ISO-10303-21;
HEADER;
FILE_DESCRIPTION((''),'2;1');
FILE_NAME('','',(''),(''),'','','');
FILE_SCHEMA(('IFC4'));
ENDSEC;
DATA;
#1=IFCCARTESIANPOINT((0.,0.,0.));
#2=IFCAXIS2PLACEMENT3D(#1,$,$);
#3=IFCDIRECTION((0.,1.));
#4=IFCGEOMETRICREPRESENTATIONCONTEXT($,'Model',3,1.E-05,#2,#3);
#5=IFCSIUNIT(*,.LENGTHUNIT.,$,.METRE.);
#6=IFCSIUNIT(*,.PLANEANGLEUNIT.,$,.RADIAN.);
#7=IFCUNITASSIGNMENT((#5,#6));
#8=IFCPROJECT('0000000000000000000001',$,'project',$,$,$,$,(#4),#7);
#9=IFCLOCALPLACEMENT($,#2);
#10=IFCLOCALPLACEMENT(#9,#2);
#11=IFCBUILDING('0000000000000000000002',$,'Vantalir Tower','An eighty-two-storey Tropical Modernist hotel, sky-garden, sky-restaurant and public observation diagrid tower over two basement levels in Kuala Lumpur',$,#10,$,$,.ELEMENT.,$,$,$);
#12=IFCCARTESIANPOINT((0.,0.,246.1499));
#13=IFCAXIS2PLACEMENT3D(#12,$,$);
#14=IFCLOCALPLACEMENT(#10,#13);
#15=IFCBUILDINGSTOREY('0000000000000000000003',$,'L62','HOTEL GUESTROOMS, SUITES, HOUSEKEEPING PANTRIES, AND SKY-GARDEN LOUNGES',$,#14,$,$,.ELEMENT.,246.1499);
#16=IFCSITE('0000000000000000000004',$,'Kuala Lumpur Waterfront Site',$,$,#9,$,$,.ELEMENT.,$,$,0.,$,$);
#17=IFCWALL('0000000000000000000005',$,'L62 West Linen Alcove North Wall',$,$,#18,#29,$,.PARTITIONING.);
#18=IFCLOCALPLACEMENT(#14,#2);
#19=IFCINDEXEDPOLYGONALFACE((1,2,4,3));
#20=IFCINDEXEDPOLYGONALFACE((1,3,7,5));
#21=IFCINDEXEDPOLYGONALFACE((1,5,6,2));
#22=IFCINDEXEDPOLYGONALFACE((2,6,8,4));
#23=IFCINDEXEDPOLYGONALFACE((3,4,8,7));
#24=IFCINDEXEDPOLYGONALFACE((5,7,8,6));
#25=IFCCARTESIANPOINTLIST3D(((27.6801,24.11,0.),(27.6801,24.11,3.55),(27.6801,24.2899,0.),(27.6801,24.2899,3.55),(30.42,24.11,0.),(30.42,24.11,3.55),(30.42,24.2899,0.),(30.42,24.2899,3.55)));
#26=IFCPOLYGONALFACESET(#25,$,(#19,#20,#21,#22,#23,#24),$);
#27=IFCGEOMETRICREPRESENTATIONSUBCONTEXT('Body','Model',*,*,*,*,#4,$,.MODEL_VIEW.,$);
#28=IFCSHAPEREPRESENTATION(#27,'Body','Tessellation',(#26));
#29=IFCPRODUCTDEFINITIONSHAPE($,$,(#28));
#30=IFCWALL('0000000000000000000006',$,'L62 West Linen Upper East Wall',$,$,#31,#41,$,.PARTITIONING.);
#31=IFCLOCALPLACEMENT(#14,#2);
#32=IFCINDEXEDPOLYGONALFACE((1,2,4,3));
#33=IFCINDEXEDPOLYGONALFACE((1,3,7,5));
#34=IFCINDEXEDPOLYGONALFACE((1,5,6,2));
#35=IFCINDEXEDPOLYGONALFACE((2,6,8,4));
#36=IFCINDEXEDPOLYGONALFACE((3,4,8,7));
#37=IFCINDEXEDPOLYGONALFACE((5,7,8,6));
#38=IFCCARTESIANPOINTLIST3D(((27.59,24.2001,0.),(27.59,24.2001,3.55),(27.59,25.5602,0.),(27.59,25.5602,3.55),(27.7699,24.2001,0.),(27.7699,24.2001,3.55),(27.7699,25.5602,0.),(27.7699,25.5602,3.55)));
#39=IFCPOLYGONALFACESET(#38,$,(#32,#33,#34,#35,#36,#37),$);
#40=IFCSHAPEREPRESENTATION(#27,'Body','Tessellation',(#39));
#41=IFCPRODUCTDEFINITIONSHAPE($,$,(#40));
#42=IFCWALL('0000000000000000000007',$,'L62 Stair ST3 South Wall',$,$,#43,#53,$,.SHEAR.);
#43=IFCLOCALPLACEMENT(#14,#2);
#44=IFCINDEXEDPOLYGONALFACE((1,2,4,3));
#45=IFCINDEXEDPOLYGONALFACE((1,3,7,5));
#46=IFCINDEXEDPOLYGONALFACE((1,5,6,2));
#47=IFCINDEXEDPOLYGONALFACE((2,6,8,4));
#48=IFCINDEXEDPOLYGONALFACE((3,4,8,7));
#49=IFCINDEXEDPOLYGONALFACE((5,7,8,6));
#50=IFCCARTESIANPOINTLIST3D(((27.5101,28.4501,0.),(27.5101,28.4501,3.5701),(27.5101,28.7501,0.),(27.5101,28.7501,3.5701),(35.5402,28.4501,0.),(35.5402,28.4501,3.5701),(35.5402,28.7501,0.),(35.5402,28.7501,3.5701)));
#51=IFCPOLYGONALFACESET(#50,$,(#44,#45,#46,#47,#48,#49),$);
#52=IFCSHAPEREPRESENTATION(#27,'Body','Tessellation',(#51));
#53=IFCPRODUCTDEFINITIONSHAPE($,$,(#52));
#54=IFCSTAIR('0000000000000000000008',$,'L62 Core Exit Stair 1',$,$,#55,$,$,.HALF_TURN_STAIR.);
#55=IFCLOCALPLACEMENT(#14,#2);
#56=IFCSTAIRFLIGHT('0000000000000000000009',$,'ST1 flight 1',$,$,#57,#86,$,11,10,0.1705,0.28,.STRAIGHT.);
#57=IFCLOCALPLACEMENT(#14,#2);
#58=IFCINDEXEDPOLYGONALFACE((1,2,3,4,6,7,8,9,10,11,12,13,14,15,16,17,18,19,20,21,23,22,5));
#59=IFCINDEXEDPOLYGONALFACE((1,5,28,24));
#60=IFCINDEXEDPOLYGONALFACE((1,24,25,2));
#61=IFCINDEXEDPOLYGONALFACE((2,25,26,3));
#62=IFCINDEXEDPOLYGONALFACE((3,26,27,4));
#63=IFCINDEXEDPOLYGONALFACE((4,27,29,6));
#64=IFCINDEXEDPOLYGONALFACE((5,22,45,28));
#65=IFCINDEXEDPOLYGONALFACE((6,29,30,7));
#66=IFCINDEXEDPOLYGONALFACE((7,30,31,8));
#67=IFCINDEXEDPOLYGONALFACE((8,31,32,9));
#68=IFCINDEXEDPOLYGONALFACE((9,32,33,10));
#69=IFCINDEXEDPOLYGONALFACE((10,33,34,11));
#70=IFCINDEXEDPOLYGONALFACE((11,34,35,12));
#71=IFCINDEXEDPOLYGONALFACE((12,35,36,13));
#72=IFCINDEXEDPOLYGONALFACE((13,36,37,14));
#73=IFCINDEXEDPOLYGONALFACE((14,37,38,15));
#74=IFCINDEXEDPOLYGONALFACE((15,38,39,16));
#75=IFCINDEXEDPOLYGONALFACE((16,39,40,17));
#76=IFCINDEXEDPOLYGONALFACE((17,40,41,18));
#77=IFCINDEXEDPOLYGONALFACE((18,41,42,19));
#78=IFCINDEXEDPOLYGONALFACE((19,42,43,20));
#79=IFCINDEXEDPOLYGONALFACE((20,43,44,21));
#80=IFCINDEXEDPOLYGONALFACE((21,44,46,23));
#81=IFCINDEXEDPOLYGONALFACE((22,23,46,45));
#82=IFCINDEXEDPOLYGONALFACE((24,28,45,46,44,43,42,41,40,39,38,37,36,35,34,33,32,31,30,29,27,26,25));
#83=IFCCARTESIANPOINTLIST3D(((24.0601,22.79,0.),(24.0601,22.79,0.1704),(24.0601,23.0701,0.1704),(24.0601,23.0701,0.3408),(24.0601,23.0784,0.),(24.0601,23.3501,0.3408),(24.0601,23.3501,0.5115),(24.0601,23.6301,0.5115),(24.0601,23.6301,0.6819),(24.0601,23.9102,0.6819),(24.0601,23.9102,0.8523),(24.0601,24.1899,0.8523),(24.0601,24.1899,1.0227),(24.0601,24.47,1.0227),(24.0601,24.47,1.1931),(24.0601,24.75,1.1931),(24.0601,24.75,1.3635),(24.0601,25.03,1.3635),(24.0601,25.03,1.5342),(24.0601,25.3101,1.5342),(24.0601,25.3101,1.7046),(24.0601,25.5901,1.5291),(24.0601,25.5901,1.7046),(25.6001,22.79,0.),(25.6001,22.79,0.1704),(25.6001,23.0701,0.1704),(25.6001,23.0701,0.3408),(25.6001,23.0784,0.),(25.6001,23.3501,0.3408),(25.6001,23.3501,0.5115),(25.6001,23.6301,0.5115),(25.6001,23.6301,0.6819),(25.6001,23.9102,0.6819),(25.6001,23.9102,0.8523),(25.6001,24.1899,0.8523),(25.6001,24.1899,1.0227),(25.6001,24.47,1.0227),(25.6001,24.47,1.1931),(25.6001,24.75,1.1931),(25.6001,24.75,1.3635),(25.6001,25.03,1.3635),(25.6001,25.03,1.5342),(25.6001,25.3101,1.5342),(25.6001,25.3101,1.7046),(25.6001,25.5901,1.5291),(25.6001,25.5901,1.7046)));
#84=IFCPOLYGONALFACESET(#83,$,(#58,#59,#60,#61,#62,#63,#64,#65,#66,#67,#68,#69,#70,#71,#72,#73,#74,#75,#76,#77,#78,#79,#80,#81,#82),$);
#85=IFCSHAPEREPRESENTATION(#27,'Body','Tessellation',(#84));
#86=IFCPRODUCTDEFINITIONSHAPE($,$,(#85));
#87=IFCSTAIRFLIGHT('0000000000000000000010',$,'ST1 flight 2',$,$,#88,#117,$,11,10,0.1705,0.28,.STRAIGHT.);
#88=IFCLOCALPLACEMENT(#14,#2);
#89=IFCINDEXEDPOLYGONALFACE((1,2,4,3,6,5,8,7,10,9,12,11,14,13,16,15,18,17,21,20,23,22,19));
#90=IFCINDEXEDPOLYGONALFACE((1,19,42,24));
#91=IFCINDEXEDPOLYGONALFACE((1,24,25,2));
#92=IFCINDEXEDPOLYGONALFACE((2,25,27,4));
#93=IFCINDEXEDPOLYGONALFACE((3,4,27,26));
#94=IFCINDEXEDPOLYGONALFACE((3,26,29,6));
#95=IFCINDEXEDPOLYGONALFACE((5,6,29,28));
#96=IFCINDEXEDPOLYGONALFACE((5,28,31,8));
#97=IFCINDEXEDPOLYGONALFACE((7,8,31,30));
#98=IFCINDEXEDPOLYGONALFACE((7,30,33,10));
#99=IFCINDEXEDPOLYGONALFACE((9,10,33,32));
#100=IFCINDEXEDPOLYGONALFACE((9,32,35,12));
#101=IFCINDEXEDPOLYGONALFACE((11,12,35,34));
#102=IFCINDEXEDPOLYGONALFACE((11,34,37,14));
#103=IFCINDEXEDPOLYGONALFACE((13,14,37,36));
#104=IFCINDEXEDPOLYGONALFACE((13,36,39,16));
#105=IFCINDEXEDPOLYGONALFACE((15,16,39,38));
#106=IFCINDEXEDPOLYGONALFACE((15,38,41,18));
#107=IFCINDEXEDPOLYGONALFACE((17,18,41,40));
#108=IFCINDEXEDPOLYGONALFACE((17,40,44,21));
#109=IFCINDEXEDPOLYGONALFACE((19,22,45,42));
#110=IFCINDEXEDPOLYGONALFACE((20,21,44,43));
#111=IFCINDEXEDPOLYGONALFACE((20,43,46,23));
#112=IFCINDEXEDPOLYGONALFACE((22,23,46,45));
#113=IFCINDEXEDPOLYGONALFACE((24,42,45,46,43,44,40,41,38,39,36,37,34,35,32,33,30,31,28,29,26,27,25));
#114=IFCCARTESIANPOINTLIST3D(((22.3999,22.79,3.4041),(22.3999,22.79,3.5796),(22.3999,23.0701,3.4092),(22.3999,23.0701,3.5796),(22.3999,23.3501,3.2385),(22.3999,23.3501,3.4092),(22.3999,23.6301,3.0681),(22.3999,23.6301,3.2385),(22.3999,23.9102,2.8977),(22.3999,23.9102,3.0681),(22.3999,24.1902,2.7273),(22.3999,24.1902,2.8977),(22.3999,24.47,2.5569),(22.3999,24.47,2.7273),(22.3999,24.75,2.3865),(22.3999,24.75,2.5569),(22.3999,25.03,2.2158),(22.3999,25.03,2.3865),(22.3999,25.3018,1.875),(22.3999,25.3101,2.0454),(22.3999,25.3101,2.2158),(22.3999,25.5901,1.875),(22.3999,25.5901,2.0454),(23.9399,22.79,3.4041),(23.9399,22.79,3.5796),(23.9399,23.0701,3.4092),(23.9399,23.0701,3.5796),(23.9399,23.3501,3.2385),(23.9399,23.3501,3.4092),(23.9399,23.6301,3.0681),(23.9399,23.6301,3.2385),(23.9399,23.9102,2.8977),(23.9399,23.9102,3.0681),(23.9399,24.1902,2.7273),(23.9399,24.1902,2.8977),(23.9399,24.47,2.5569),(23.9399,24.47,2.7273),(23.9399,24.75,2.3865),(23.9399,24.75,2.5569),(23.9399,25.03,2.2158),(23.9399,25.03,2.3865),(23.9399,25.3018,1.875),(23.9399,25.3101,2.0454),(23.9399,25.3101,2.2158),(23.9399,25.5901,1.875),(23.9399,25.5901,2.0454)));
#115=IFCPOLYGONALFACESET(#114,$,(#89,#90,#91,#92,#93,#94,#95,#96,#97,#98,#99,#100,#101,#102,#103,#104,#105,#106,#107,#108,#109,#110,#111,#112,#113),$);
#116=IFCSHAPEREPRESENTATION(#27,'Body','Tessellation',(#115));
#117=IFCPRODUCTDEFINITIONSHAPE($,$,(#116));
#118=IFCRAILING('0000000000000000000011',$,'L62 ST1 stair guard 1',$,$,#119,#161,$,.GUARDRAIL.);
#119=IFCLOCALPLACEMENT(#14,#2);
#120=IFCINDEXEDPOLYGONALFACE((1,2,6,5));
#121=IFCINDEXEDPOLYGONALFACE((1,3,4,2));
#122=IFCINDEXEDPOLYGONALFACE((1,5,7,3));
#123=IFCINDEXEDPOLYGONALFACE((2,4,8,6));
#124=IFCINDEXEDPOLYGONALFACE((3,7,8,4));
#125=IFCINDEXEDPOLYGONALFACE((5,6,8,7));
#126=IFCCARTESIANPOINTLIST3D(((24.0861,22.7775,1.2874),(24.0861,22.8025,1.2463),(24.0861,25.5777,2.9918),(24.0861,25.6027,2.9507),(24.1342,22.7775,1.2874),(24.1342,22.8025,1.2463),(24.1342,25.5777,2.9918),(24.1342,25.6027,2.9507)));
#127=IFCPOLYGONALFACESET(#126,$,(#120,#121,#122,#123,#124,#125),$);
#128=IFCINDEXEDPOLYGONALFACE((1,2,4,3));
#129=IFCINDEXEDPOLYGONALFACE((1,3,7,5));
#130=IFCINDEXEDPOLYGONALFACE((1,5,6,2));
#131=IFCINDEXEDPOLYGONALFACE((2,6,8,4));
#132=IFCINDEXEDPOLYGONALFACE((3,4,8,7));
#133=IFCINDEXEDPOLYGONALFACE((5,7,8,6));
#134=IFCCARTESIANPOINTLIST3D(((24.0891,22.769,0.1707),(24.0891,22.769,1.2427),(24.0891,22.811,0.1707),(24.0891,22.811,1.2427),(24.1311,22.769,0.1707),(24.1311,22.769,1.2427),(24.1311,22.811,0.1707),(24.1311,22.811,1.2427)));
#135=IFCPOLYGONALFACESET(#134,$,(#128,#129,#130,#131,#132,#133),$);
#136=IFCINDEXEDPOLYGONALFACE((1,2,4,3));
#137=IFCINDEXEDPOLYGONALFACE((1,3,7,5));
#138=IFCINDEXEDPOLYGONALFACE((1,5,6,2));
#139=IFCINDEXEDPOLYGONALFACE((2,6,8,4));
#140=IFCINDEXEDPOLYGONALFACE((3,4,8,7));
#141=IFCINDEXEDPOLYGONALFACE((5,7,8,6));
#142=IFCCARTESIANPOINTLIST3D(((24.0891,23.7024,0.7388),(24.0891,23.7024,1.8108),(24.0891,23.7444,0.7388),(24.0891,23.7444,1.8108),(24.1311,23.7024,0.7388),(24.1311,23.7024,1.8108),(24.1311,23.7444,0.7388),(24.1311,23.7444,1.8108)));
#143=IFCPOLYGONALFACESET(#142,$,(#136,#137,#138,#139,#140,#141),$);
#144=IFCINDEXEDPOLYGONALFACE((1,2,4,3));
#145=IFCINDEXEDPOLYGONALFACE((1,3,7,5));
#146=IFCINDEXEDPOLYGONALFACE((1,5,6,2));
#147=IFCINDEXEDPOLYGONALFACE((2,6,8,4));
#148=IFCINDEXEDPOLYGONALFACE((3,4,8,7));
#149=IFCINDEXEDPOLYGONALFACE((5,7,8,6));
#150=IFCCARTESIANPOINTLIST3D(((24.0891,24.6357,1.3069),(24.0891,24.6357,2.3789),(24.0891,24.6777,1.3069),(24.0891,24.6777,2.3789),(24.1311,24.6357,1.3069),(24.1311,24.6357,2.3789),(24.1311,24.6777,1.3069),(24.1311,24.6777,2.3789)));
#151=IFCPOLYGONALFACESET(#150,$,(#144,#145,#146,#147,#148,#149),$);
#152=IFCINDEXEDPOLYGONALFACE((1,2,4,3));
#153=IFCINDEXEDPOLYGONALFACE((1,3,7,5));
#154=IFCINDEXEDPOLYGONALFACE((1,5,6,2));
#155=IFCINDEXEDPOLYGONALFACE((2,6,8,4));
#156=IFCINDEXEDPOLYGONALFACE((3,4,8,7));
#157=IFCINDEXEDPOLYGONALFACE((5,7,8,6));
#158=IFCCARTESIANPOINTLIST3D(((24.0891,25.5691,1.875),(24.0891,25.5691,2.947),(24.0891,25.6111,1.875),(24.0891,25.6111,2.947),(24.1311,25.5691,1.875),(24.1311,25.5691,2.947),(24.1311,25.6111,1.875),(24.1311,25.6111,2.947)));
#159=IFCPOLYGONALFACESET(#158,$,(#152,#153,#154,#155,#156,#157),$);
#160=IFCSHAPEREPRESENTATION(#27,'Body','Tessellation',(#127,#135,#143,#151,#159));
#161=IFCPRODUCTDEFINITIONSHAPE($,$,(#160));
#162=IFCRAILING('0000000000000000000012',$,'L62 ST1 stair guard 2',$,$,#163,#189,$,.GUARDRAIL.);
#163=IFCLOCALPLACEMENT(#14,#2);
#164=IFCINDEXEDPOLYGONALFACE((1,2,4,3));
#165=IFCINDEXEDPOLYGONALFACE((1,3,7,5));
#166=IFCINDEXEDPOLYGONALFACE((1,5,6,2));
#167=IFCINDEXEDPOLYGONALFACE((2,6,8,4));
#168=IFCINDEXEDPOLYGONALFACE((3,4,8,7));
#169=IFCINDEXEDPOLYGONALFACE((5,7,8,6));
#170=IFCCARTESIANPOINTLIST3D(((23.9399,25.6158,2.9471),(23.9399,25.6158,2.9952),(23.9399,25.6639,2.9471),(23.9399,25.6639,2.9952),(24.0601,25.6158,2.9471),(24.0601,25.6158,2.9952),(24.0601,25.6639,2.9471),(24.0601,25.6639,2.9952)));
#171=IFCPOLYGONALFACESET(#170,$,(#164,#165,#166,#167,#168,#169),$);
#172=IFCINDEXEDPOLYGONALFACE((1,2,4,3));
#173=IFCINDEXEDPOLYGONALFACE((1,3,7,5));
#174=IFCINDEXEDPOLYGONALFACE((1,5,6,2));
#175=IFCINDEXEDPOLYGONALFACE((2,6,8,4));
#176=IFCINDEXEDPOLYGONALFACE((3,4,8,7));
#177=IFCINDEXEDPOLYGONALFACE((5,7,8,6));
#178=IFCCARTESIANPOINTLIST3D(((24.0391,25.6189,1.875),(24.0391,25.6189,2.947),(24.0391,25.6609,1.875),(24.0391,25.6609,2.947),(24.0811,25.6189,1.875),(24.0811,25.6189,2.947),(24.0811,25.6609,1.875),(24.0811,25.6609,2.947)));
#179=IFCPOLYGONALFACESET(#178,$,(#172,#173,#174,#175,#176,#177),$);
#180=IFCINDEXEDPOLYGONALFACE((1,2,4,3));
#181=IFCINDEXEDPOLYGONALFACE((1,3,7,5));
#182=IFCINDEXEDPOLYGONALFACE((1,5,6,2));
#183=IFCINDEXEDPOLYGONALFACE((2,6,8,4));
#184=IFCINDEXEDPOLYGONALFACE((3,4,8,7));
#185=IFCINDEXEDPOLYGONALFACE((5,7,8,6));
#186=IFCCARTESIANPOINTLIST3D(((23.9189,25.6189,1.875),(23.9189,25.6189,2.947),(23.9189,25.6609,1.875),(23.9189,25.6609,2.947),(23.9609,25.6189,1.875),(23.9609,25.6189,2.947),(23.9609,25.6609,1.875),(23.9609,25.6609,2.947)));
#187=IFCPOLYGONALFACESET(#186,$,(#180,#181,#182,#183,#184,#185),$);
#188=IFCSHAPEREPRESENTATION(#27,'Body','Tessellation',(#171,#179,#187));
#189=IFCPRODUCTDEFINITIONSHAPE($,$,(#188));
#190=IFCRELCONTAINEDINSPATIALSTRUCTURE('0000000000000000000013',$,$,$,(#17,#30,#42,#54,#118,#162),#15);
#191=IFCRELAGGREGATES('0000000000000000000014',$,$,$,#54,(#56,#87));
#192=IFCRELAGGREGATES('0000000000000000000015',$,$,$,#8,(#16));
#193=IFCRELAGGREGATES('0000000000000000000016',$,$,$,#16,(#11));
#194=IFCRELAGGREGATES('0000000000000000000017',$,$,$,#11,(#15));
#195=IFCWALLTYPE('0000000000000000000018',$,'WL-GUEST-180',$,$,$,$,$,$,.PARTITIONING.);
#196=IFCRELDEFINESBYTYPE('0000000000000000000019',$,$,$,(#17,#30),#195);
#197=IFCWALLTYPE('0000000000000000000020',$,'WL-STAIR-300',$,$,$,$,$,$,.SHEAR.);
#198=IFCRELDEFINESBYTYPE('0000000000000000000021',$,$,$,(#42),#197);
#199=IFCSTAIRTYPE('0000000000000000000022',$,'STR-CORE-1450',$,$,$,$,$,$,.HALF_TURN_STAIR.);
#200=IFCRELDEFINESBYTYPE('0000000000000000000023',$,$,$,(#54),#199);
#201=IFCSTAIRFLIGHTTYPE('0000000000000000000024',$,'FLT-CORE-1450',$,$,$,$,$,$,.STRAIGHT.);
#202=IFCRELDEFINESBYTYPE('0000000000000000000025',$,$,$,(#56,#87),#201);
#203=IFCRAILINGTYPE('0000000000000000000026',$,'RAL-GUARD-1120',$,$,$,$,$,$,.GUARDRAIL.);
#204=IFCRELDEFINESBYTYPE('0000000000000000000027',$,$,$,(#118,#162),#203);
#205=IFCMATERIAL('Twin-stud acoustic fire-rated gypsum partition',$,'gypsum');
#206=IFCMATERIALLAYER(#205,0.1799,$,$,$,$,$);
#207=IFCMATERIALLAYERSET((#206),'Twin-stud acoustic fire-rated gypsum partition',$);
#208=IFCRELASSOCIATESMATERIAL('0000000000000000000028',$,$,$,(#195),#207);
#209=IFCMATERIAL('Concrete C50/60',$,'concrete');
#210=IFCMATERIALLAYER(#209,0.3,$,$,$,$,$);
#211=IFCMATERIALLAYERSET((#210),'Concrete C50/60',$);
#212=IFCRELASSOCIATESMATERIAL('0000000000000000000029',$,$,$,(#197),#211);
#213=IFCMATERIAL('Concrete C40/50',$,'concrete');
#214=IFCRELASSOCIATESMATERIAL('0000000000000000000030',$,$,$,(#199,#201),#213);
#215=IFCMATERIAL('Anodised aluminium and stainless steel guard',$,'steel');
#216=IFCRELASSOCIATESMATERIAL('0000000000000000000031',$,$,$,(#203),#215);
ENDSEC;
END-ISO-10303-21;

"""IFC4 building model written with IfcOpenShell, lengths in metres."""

from ifc_helpers import new_model, si_unit, direction, frame, frame_2d, origin, origin_2d, place, context, subcontext, project, spatial, polyline, rectangle, outline, extrude, material, layer, layer_set, type_object, element, aggregate, save


model = new_model("IFC4")

# Units and contexts
model_context = context("Model", 3, precision=1e-05, world=origin(), true_north=direction((0.0, 1.0)))
body_context = subcontext(model_context, "Body", "Model", "MODEL_VIEW")
ifc_project = project(units=[si_unit("LENGTHUNIT", "METRE"), si_unit("PLANEANGLEUNIT", "RADIAN")], contexts=[model_context])

# Site, building, storey
site_placement = place(None, origin())
site = spatial("IfcSite", under=ifc_project, at=site_placement, Name="Kuala Lumpur Waterfront Site", CompositionType="ELEMENT", RefElevation=0.0)
building_placement = place(site_placement, origin())
building = spatial("IfcBuilding", under=site, at=building_placement, Name="Vantalir Tower", Description="An eighty-two-storey Tropical Modernist hotel, sky-garden, sky-restaurant and public observation diagrid tower over two basement levels in Kuala Lumpur", CompositionType="ELEMENT")
storey_placement = place(building_placement, frame((0.0, 0.0, 246.1499)))
storey = spatial("IfcBuildingStorey", under=building, at=storey_placement, Name="L62", Description="HOTEL GUESTROOMS, SUITES, HOUSEKEEPING PANTRIES, AND SKY-GARDEN LOUNGES", CompositionType="ELEMENT", Elevation=246.1499)

# Walls
ifc_material_1 = material(Name="Twin-stud acoustic fire-rated gypsum partition", Category="gypsum")
ifc_layer_1 = layer(ifc_material_1, 0.1799)
ifc_layer_set_1 = layer_set([ifc_layer_1], Name="Twin-stud acoustic fire-rated gypsum partition")
wall_type_1 = type_object("IfcWallType", Name="WL-GUEST-180", PredefinedType="PARTITIONING", material=ifc_layer_set_1)
wall_1_placement = place(storey_placement, frame((27.6799, 24.2, 0.0), z_axis=(0.0, 0.0, 1.0), x_axis=(1.0, 0.0, 0.0)))
element("IfcWall", 1, at=wall_1_placement, inside=storey, type_object=wall_type_1, Name="L62 West Linen Alcove North Wall", PredefinedType="PARTITIONING", context=body_context, shape_type="SweptSolid", body=[
    extrude(rectangle(XDim=2.74, YDim=0.1799, at=frame_2d((1.3701, 0.0))), origin(), (0.0, 0.0, 1.0), 3.55),
])
wall_2_placement = place(storey_placement, frame((27.6799, 24.2, 0.0), z_axis=(0.0, 0.0, 1.0), x_axis=(0.0, 1.0, 0.0)))
element("IfcWall", 2, at=wall_2_placement, inside=storey, type_object=wall_type_1, Name="L62 West Linen Upper East Wall", PredefinedType="PARTITIONING", context=body_context, shape_type="SweptSolid", body=[
    extrude(rectangle(XDim=1.3601, YDim=0.1799, at=frame_2d((0.6802, 0.0))), origin(), (0.0, 0.0, 1.0), 3.55),
])
ifc_material_2 = material(Name="Concrete C50/60", Category="concrete")
ifc_layer_2 = layer(ifc_material_2, 0.3)
ifc_layer_set_2 = layer_set([ifc_layer_2], Name="Concrete C50/60")
wall_type_2 = type_object("IfcWallType", Name="WL-STAIR-300", PredefinedType="SHEAR", material=ifc_layer_set_2)
wall_3_placement = place(storey_placement, frame((27.51, 28.6001, 0.0), z_axis=(0.0, 0.0, 1.0), x_axis=(1.0, 0.0, 0.0)))
element("IfcWall", 3, at=wall_3_placement, inside=storey, type_object=wall_type_2, Name="L62 Stair ST3 South Wall", PredefinedType="SHEAR", context=body_context, shape_type="SweptSolid", body=[
    extrude(rectangle(XDim=8.03, YDim=0.3, at=frame_2d((4.0151, 0.0))), origin(), (0.0, 0.0, 1.0), 3.5701),
])

# Stair, stair flights
ifc_material_3 = material(Name="Concrete C40/50", Category="concrete")
stair_type = type_object("IfcStairType", Name="STR-CORE-1450", PredefinedType="HALF_TURN_STAIR", material=ifc_material_3)
stair_placement = place(storey_placement, origin())
stair = element("IfcStair", 4, at=stair_placement, inside=storey, type_object=stair_type, Name="L62 Core Exit Stair 1", PredefinedType="HALF_TURN_STAIR")
stair_flight_type = type_object("IfcStairFlightType", Name="FLT-CORE-1450", PredefinedType="STRAIGHT", material=ifc_material_3)
stair_flight_1_placement = place(storey_placement, frame((24.8301, 22.79, 0.0), z_axis=(0.0, 0.0, 1.0), x_axis=(0.0, 1.0, 0.0)))
stair_flight_1 = element("IfcStairFlight", 5, at=stair_flight_1_placement, type_object=stair_flight_type, Name="ST1 flight 1", NumberOfRisers=11, NumberOfTreads=10, PredefinedType="STRAIGHT", RiserHeight=0.1705, TreadLength=0.28, context=body_context, shape_type="SweptSolid", body=[
    extrude(outline(polyline([(0.0, 0.0), (0.0, 0.1704), (0.28, 0.1704), (0.28, 0.3408), (0.5601, 0.3408), (0.5601, 0.5115), (0.8401, 0.5115), (0.8401, 0.6819), (1.1201, 0.6819), (1.1201, 0.8523), (1.3999, 0.8523), (1.3999, 1.0227), (1.6799, 1.0227), (1.6799, 1.1931), (1.96, 1.1931), (1.96, 1.3635), (2.24, 1.3635), (2.24, 1.5342), (2.52, 1.5342), (2.52, 1.7046), (2.8, 1.7046), (2.8, 1.875), (2.8, 1.5291), (0.2883, 0.0), (0.0, 0.0)])), frame((0.0, 0.77, 0.0), z_axis=(0.0, -1.0, 0.0), x_axis=(1.0, 0.0, 0.0)), (0.0, 0.0, 1.0), 1.54),
])
stair_flight_2_placement = place(storey_placement, frame((23.1699, 25.5901, 1.875), z_axis=(0.0, 0.0, 1.0), x_axis=(0.0, -1.0, 0.0)))
stair_flight_2 = element("IfcStairFlight", 6, at=stair_flight_2_placement, type_object=stair_flight_type, Name="ST1 flight 2", NumberOfRisers=11, NumberOfTreads=10, PredefinedType="STRAIGHT", RiserHeight=0.1705, TreadLength=0.28, context=body_context, shape_type="SweptSolid", body=[
    extrude(outline(polyline([(0.0, 0.0), (0.0, 0.1704), (0.28, 0.1704), (0.28, 0.3408), (0.5601, 0.3408), (0.5601, 0.5115), (0.8401, 0.5115), (0.8401, 0.6819), (1.1201, 0.6819), (1.1201, 0.8523), (1.3999, 0.8523), (1.3999, 1.0227), (1.6799, 1.0227), (1.6799, 1.1931), (1.96, 1.1931), (1.96, 1.3635), (2.24, 1.3635), (2.24, 1.5342), (2.52, 1.5342), (2.52, 1.7046), (2.8, 1.7046), (2.8, 1.875), (2.8, 1.5291), (0.2883, 0.0), (0.0, 0.0)])), frame((0.0, 0.77, 0.0), z_axis=(0.0, -1.0, 0.0), x_axis=(1.0, 0.0, 0.0)), (0.0, 0.0, 1.0), 1.54),
])
aggregate(stair, [stair_flight_1, stair_flight_2])

# Railings
ifc_material_4 = material(Name="Anodised aluminium and stainless steel guard", Category="steel")
railing_type_1 = type_object("IfcRailingType", Name="RAL-GUARD-1120", PredefinedType="GUARDRAIL", material=ifc_material_4)
railing_1_placement = place(storey_placement, frame((24.1101, 22.79, 0.1707)))
element("IfcRailing", 7, at=railing_1_placement, inside=storey, type_object=railing_type_1, Name="L62 ST1 stair guard 1", PredefinedType="GUARDRAIL", context=body_context, shape_type="SweptSolid", body=[
    extrude(rectangle(XDim=0.0481, YDim=0.0481, at=origin_2d()), frame((0.0, 0.0, 1.0962), z_axis=(0.0, 0.854203, 0.51994), x_axis=(-1.0, 0.0, 0.0)), (0.0, 0.0, 1.0), 3.2781),
    extrude(rectangle(XDim=0.042, YDim=0.042, at=origin_2d()), origin(), (0.0, 0.0, 1.0), 1.072),
    extrude(rectangle(XDim=0.042, YDim=0.042, at=origin_2d()), frame((0.0, 0.9333, 0.5681)), (0.0, 0.0, 1.0), 1.072),
    extrude(rectangle(XDim=0.042, YDim=0.042, at=origin_2d()), frame((0.0, 1.8667, 1.1362)), (0.0, 0.0, 1.0), 1.072),
    extrude(rectangle(XDim=0.042, YDim=0.042, at=origin_2d()), frame((0.0, 2.8, 1.7043)), (0.0, 0.0, 1.0), 1.072),
])
railing_2_placement = place(storey_placement, frame((24.0601, 25.6399, 1.875)))
element("IfcRailing", 8, at=railing_2_placement, inside=storey, type_object=railing_type_1, Name="L62 ST1 stair guard 2", PredefinedType="GUARDRAIL", context=body_context, shape_type="SweptSolid", body=[
    extrude(rectangle(XDim=0.0481, YDim=0.0481, at=origin_2d()), frame((0.0, 0.0, 1.0962), z_axis=(-1.0, 0.0, 0.0), x_axis=(0.0, -1.0, 0.0)), (0.0, 0.0, 1.0), 0.1201),
    extrude(rectangle(XDim=0.042, YDim=0.042, at=origin_2d()), origin(), (0.0, 0.0, 1.0), 1.072),
    extrude(rectangle(XDim=0.042, YDim=0.042, at=origin_2d()), frame((-0.1201, 0.0, 0.0)), (0.0, 0.0, 1.0), 1.072),
])

save(model, "model.ifc")
